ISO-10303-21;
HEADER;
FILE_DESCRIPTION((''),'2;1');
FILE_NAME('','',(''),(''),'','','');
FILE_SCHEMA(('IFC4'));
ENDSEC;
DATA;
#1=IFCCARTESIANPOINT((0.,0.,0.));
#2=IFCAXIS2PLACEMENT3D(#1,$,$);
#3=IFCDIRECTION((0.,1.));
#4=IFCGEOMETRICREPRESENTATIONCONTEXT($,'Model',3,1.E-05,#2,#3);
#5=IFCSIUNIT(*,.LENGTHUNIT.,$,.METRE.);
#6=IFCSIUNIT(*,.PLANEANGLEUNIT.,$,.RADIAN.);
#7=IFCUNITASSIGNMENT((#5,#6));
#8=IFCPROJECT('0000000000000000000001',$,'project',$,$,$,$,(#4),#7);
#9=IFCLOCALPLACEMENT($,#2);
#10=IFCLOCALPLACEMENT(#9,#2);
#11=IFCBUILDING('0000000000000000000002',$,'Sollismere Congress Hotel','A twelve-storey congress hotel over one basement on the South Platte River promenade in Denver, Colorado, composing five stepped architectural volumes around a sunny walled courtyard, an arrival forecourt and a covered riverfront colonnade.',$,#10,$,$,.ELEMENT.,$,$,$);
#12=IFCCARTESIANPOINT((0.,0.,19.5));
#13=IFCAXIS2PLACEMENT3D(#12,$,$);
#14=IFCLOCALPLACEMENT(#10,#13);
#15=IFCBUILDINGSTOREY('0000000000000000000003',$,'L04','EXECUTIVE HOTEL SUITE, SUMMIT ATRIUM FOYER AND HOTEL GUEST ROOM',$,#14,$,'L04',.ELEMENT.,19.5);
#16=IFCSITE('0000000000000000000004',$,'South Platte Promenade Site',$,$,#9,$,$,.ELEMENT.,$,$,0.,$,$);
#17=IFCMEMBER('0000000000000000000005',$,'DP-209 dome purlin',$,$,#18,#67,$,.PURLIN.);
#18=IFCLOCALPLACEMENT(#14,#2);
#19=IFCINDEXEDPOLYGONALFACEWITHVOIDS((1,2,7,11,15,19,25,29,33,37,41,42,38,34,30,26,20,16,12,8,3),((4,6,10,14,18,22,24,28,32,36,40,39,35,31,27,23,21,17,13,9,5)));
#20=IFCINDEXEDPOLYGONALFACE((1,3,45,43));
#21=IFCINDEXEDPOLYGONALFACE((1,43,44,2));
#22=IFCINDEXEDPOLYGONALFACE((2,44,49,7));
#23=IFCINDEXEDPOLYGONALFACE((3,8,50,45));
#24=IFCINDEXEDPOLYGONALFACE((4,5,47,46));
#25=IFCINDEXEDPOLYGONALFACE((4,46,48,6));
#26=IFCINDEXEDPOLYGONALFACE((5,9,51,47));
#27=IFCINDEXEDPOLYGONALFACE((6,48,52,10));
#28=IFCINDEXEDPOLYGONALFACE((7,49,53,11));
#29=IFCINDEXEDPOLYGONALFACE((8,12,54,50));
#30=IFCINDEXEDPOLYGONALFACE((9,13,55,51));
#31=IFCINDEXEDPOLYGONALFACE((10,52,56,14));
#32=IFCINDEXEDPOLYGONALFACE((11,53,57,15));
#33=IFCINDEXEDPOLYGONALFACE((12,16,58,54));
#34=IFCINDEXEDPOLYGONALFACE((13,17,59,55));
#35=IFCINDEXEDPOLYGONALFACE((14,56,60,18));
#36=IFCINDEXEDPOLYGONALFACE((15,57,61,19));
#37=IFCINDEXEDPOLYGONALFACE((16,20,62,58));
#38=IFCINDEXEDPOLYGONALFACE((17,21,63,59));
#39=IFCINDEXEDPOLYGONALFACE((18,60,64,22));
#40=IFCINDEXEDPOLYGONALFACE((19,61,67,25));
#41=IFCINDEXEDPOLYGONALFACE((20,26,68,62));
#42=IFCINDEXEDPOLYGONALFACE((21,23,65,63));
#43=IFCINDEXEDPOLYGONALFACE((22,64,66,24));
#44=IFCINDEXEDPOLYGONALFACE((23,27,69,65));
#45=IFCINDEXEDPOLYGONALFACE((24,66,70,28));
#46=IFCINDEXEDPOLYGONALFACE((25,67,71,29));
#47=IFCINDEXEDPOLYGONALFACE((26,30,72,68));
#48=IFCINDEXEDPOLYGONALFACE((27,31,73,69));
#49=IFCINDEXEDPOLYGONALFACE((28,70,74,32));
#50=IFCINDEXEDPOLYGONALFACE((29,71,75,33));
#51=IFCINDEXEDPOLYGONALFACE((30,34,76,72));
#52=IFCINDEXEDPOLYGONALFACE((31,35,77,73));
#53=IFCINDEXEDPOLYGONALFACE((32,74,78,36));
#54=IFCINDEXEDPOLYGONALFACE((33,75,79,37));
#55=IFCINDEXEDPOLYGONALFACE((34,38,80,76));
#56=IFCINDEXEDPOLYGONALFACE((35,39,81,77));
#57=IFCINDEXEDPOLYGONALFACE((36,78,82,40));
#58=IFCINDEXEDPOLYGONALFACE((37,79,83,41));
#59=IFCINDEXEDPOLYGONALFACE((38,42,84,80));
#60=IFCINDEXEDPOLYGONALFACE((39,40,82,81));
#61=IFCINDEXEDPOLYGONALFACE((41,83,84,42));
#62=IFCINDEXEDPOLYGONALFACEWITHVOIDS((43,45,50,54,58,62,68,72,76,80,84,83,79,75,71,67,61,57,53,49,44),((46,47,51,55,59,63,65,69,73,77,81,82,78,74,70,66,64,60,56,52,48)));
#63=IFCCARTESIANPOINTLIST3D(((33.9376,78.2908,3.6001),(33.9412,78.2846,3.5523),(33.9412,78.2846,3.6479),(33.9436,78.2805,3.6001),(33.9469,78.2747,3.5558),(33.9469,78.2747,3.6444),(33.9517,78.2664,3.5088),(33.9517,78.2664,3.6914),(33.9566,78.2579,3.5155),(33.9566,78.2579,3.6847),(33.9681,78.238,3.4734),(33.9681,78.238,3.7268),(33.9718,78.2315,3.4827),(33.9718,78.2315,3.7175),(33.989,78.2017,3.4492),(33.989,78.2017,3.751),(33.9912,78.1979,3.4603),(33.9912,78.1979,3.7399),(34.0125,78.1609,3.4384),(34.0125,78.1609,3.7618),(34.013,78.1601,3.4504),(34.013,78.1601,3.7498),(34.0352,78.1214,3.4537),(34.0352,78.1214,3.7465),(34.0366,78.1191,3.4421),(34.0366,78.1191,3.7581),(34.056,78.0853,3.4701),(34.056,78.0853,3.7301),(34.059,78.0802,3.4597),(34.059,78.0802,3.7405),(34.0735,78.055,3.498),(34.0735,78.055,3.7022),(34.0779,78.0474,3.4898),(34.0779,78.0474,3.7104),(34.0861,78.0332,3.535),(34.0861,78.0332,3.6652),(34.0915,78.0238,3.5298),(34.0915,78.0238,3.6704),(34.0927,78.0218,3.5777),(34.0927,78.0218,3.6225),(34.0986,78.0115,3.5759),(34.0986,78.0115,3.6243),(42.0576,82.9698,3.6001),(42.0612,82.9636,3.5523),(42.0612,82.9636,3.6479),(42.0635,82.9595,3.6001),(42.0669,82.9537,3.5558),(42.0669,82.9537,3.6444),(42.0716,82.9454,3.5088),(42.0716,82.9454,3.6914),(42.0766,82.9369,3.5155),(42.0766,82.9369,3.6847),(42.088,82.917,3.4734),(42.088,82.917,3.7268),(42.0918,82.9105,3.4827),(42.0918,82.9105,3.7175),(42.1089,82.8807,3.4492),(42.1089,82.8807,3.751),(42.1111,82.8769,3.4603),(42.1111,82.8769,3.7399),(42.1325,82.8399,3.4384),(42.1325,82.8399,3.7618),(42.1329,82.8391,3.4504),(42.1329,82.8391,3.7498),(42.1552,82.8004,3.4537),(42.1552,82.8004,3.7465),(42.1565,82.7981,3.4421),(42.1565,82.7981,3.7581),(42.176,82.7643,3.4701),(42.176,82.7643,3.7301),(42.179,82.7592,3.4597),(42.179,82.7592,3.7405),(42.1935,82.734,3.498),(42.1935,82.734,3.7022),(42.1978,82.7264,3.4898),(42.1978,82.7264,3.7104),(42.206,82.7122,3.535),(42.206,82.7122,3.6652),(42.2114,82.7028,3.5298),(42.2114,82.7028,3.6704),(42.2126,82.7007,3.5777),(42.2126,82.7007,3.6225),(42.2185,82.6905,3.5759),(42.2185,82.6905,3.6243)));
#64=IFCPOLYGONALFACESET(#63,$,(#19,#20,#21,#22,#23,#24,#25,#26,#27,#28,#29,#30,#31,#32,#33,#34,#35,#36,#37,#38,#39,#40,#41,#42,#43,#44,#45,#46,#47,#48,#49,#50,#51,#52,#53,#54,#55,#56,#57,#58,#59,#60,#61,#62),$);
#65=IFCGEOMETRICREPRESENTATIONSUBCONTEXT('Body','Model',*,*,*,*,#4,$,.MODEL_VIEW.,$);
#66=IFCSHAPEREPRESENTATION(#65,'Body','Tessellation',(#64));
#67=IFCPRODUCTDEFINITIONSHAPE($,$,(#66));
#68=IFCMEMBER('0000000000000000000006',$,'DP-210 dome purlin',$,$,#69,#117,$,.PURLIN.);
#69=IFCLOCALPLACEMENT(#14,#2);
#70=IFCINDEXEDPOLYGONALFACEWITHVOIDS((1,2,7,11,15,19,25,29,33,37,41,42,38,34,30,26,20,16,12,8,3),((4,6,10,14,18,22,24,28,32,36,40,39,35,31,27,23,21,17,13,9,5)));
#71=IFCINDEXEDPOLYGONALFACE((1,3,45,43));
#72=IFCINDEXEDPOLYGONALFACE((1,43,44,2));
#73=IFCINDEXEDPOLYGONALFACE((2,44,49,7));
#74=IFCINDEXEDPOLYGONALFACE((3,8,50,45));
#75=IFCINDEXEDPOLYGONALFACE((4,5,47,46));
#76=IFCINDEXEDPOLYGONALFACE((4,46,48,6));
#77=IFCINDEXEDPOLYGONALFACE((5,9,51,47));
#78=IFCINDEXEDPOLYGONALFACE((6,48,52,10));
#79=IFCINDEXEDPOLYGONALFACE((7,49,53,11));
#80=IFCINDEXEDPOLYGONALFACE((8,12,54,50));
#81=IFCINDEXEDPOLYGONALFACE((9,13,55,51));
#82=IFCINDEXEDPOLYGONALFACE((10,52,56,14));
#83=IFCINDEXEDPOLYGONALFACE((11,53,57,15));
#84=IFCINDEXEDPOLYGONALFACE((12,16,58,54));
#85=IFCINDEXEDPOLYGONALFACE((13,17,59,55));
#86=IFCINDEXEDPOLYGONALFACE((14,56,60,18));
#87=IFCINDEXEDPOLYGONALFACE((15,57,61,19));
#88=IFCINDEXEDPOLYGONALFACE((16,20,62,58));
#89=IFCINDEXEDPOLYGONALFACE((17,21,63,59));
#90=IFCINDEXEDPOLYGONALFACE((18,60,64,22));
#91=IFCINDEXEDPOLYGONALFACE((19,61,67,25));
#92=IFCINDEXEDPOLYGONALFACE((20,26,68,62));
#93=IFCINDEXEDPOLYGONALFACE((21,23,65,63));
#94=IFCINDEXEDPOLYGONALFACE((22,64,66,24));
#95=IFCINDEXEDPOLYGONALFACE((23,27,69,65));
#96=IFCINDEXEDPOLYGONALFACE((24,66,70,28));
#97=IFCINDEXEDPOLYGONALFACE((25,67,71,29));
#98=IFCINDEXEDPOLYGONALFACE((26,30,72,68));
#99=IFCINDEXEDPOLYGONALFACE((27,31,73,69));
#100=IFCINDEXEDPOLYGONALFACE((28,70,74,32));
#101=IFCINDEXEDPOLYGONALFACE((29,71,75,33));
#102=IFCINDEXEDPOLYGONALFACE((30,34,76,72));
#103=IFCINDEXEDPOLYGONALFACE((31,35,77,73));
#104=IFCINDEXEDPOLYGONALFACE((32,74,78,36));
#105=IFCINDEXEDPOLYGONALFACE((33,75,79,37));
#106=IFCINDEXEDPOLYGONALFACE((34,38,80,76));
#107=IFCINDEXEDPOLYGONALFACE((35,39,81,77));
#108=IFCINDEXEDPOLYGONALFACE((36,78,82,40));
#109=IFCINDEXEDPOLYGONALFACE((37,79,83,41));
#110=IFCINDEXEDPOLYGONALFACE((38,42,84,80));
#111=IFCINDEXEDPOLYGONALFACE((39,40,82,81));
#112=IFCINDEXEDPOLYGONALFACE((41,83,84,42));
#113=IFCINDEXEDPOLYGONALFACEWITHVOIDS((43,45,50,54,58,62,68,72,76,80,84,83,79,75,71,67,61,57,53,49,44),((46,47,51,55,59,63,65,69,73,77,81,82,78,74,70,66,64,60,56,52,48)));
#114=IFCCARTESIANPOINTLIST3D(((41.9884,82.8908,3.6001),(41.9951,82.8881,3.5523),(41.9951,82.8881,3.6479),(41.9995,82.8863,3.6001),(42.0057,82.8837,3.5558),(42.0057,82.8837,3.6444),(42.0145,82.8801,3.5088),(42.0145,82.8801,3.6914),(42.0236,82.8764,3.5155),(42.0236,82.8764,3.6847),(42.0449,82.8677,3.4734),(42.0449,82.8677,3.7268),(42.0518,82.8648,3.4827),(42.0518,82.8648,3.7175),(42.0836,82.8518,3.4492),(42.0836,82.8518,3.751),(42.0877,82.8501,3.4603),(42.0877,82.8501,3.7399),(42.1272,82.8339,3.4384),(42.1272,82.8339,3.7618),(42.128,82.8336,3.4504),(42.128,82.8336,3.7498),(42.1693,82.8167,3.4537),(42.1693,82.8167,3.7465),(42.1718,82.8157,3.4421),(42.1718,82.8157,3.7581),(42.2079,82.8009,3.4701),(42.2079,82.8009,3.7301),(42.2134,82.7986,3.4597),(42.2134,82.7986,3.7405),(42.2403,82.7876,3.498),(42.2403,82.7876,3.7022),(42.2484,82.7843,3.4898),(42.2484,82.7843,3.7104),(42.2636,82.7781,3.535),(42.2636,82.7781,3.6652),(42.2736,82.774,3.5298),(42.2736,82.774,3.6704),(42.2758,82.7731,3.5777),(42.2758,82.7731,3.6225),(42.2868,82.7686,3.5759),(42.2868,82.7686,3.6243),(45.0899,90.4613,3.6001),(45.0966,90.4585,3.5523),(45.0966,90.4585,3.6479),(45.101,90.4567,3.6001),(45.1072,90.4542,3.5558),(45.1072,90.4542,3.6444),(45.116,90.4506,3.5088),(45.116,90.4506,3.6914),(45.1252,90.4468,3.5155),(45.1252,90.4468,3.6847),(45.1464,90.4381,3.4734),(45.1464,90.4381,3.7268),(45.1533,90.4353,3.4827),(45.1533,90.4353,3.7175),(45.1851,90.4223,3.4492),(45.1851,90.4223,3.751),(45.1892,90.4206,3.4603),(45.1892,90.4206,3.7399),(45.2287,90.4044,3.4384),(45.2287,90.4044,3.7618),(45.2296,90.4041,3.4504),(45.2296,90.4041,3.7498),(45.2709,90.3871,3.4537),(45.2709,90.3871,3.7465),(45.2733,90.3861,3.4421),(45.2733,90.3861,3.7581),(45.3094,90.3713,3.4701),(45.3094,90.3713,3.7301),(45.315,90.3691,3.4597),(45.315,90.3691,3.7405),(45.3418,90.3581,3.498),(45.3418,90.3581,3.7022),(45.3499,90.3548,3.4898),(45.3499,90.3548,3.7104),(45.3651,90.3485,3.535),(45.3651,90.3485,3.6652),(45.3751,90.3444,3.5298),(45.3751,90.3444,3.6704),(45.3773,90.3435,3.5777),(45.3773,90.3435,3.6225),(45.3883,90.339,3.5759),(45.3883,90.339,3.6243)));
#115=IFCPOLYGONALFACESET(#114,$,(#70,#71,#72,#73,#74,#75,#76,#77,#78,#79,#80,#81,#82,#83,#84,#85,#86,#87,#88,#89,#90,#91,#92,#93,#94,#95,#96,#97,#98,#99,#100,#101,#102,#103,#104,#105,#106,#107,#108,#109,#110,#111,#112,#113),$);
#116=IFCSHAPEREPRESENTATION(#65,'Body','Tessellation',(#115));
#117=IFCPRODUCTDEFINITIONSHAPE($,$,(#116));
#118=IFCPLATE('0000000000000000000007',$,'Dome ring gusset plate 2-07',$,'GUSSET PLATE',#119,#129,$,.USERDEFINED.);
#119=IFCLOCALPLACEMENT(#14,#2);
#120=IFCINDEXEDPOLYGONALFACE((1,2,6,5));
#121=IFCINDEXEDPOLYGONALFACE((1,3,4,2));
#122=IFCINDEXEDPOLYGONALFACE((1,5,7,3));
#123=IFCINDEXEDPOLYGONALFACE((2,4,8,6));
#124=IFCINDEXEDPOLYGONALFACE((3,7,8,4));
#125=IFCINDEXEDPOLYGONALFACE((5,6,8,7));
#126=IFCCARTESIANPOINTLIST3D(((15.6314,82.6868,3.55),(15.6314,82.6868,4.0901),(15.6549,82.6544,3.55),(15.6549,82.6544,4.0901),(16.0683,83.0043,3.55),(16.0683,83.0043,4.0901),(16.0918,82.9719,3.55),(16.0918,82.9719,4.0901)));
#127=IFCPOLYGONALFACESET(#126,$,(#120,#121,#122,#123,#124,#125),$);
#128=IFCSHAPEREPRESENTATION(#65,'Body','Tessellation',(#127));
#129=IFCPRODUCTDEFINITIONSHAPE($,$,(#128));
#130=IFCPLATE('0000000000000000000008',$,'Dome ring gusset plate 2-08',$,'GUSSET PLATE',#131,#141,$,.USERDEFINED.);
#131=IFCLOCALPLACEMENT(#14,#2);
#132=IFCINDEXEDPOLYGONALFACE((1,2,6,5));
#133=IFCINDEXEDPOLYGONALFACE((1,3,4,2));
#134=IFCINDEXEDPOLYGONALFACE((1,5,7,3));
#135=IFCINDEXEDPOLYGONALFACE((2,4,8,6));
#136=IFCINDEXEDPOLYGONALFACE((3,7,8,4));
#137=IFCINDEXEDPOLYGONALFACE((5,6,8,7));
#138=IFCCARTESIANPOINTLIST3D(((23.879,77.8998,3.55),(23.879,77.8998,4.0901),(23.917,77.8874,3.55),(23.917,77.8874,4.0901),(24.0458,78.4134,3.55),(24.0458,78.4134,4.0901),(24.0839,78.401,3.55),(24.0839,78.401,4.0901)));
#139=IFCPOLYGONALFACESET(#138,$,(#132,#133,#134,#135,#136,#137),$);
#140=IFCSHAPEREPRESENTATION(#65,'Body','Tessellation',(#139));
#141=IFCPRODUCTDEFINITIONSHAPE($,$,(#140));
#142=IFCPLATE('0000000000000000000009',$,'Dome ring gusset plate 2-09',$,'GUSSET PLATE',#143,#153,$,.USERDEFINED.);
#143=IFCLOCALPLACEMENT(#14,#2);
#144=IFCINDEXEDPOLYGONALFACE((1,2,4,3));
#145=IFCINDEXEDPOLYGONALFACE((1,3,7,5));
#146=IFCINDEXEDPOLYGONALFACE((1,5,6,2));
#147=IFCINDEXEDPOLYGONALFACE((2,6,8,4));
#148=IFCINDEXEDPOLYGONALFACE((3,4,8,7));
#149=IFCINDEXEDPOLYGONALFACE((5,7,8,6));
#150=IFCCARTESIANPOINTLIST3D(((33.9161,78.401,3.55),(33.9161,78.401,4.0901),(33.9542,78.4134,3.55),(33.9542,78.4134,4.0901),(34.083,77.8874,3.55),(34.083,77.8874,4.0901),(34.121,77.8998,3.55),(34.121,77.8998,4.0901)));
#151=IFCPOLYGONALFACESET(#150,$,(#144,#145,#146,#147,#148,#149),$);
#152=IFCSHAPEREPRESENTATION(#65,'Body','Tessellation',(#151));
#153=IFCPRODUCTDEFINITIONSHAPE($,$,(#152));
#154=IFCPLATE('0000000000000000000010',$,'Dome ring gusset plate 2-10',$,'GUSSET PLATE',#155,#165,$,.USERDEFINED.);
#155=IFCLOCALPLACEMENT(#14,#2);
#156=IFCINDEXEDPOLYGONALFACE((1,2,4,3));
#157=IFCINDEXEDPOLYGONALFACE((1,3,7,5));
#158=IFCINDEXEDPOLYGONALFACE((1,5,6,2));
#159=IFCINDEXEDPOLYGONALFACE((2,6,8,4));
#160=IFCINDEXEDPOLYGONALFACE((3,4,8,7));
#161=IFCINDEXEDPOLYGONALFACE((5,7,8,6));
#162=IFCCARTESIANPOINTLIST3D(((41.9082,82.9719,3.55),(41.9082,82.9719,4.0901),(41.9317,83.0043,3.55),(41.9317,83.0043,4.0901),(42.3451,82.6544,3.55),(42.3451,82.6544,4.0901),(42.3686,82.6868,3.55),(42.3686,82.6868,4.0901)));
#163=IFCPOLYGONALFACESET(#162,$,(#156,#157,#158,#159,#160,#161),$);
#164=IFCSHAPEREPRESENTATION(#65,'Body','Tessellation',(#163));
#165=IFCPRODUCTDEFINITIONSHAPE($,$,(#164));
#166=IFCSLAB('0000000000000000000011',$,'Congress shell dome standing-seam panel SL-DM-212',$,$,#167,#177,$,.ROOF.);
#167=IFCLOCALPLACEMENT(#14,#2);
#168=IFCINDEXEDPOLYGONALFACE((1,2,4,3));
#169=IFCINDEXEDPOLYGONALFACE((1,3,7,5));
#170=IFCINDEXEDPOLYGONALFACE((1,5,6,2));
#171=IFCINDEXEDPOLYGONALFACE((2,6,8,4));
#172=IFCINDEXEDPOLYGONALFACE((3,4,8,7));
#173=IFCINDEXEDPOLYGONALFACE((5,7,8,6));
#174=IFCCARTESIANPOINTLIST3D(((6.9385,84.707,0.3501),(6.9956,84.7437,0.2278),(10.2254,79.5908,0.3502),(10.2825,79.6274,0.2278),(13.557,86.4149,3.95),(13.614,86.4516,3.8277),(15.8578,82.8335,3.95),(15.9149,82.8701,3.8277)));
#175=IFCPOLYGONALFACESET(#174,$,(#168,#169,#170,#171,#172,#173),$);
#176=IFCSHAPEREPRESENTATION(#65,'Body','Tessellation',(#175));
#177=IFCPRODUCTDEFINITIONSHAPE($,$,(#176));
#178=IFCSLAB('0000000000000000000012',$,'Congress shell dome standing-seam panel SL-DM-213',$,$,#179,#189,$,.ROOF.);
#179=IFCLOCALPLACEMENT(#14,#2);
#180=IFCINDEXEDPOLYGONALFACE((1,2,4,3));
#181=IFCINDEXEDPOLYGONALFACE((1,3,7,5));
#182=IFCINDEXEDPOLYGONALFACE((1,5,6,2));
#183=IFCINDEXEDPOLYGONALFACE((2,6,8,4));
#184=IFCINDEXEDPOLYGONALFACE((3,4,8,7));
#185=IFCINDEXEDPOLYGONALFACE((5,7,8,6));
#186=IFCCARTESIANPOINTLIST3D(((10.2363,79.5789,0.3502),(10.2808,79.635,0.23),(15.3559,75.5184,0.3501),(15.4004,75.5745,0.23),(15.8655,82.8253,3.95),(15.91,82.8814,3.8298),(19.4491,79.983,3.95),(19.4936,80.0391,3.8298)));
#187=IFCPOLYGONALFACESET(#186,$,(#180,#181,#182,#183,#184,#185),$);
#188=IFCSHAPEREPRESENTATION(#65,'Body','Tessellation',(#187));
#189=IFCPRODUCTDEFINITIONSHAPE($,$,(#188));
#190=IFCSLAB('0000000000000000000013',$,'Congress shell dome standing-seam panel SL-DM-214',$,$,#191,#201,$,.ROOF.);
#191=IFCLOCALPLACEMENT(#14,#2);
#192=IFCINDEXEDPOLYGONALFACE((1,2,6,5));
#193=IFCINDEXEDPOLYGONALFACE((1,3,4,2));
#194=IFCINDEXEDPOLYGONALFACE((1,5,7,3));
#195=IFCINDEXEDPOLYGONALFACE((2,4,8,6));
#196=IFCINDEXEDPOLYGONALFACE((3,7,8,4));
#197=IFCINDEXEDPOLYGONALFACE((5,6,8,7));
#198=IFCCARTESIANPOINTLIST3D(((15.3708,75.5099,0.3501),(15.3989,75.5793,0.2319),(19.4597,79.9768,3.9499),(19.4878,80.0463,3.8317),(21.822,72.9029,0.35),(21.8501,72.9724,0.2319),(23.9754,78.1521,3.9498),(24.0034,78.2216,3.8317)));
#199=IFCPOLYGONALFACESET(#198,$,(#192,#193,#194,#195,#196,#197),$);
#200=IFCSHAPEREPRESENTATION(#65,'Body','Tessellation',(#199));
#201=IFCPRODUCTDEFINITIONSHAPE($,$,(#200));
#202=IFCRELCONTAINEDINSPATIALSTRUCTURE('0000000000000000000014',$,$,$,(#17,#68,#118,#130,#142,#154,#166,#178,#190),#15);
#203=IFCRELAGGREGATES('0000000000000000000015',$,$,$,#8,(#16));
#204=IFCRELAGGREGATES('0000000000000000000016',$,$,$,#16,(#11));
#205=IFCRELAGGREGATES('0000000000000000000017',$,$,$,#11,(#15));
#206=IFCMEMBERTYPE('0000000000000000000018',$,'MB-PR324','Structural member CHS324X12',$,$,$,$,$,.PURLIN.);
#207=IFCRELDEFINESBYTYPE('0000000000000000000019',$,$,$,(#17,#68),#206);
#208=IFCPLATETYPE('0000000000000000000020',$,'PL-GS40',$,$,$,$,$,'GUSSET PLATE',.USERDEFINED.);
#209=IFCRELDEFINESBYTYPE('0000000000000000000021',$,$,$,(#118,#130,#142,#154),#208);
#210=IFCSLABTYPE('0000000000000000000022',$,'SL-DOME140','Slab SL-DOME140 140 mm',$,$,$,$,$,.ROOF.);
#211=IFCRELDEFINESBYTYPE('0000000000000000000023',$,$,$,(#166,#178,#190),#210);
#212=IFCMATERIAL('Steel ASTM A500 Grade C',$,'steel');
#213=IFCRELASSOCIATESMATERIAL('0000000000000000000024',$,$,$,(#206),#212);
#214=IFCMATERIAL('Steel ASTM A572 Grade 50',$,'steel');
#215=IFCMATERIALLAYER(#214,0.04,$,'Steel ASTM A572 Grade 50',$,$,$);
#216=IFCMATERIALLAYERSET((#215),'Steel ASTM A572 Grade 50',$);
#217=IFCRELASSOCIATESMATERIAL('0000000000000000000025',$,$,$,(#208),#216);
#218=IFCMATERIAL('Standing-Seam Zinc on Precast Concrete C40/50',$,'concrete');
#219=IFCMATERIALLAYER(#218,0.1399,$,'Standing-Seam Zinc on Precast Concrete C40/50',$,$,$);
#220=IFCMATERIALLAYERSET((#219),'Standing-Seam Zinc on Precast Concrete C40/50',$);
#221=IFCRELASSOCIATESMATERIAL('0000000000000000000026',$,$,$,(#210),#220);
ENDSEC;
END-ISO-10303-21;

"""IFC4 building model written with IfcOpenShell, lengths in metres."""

from ifc_helpers import new_model, si_unit, direction, frame, origin, origin_2d, place, context, subcontext, project, spatial, polyline, rectangle, hollow_circle, outline, extrude, material, layer, layer_set, material_profile, profile_set, type_object, element, save


model = new_model("IFC4")

# Units and contexts
model_context = context("Model", 3, precision=1e-05, world=origin(), true_north=direction((0.0, 1.0)))
body_context = subcontext(model_context, "Body", "Model", "MODEL_VIEW")
ifc_project = project(units=[si_unit("LENGTHUNIT", "METRE"), si_unit("PLANEANGLEUNIT", "RADIAN")], contexts=[model_context])

# Site, building, storey
site_placement = place(None, origin())
site = spatial("IfcSite", under=ifc_project, at=site_placement, Name="South Platte Promenade Site", CompositionType="ELEMENT", RefElevation=0.0)
building_placement = place(site_placement, origin())
building = spatial("IfcBuilding", under=site, at=building_placement, Name="Sollismere Congress Hotel", Description="A twelve-storey congress hotel over one basement on the South Platte River promenade in Denver, Colorado, composing five stepped architectural volumes around a sunny walled courtyard, an arrival forecourt and a covered riverfront colonnade.", CompositionType="ELEMENT")
storey_placement = place(building_placement, frame((0.0, 0.0, 19.5)))
storey = spatial("IfcBuildingStorey", under=building, at=storey_placement, Name="L04", Description="EXECUTIVE HOTEL SUITE, SUMMIT ATRIUM FOYER AND HOTEL GUEST ROOM", LongName="L04", CompositionType="ELEMENT", Elevation=19.5)

# Members
ifc_material_1 = material(Name="Steel ASTM A500 Grade C", Category="steel")
ifc_material_profile_1 = material_profile(ifc_material_1, hollow_circle(Radius=0.1621, WallThickness=0.012, at=origin_2d()), Name="CHS324X12")
ifc_profile_set_1 = profile_set([ifc_material_profile_1], Name="Steel ASTM A500 Grade C")
member_type_1 = type_object("IfcMemberType", Name="MB-PR324", Description="Structural member CHS324X12", PredefinedType="PURLIN", material=ifc_profile_set_1)
member_1_placement = place(storey_placement, frame((34.0186, 78.1504, 3.6001), z_axis=(0.866444, 0.499275, 0.0), x_axis=(-0.499275, 0.866444, 0.0)))
element("IfcMember", 1, at=member_1_placement, inside=storey, type_object=member_type_1, Name="DP-209 dome purlin", PredefinedType="PURLIN", context=body_context, shape_type="SweptSolid", body=[
    extrude(hollow_circle(Radius=0.1621, WallThickness=0.012, at=origin_2d()), origin(), (0.0, 0.0, 1.0), 9.3716),
])
member_2_placement = place(storey_placement, frame((42.1384, 82.8293, 3.6001), z_axis=(0.379106, 0.925353, 0.0), x_axis=(-0.925353, 0.379106, 0.0)))
element("IfcMember", 2, at=member_2_placement, inside=storey, type_object=member_type_1, Name="DP-210 dome purlin", PredefinedType="PURLIN", context=body_context, shape_type="SweptSolid", body=[
    extrude(hollow_circle(Radius=0.1621, WallThickness=0.012, at=origin_2d()), origin(), (0.0, 0.0, 1.0), 8.1812),
])

# Plates
ifc_material_2 = material(Name="Steel ASTM A572 Grade 50", Category="steel")
ifc_layer_1 = layer(ifc_material_2, 0.04, Name="Steel ASTM A572 Grade 50")
ifc_layer_set_1 = layer_set([ifc_layer_1], Name="Steel ASTM A572 Grade 50")
plate_type = type_object("IfcPlateType", Name="PL-GS40", ElementType="GUSSET PLATE", PredefinedType="USERDEFINED", material=ifc_layer_set_1)
for number, where, z_axis, x_axis, name in (
    (3, (15.8616, 82.8293, 3.55), (0.0, 0.0, 1.0), (-0.809017, -0.587785, 0.0), "Dome ring gusset plate 2-07"),
    (4, (23.9814, 78.1504, 3.55), (0.0, 0.0, 1.0), (-0.309017, -0.951057, 0.0), "Dome ring gusset plate 2-08"),
    (5, (34.0186, 78.1504, 3.55), (0.0, 0.0, 1.0), (0.309017, -0.951057, 0.0), "Dome ring gusset plate 2-09"),
    (6, (42.1384, 82.8293, 3.55), (0.0, 0.0, 1.0), (0.809017, -0.587785, 0.0), "Dome ring gusset plate 2-10"),
):
    element("IfcPlate", number, at=place(storey_placement, frame(where, z_axis=z_axis, x_axis=x_axis)), inside=storey, type_object=plate_type, Name=name, ObjectType="GUSSET PLATE", PredefinedType="USERDEFINED", context=body_context, shape_type="SweptSolid", body=[
        extrude(rectangle(XDim=0.54, YDim=0.04, at=origin_2d()), origin(), (0.0, 0.0, 1.0), 0.54),
    ])

# Slabs
ifc_material_3 = material(Name="Standing-Seam Zinc on Precast Concrete C40/50", Category="concrete")
ifc_layer_2 = layer(ifc_material_3, 0.1399, Name="Standing-Seam Zinc on Precast Concrete C40/50")
ifc_layer_set_2 = layer_set([ifc_layer_2], Name="Standing-Seam Zinc on Precast Concrete C40/50")
slab_type = type_object("IfcSlabType", Name="SL-DOME140", Description="Slab SL-DOME140 140 mm", PredefinedType="ROOF", material=ifc_layer_set_2)
slab_1_placement = place(storey_placement, frame((6.9956, 84.7437, 0.2278), z_axis=(-0.408028, -0.262127, 0.87453), x_axis=(0.540508, -0.841339, 0.000005)))
element("IfcSlab", 7, at=slab_1_placement, inside=storey, type_object=slab_type, Name="Congress shell dome standing-seam panel SL-DM-212", PredefinedType="ROOF", context=body_context, shape_type="SweptSolid", body=[
    extrude(outline(polyline([(0.0, 0.0), (6.0811, 0.0), (6.3972, 7.4229), (2.1404, 7.4229), (0.0, 0.0)])), origin(), (0.0, 0.0, 1.0), 0.1399),
])
slab_2_placement = place(storey_placement, frame((10.2808, 79.635, 0.23), z_axis=(-0.318081, -0.401049, 0.85906), x_axis=(0.783488, -0.621408, -0.000003)))
element("IfcSlab", 8, at=slab_2_placement, inside=storey, type_object=slab_type, Name="Congress shell dome standing-seam panel SL-DM-213", PredefinedType="ROOF", context=body_context, shape_type="SweptSolid", body=[
    extrude(outline(polyline([(0.0, 0.0), (6.5344, 0.0), (6.967, 7.0327), (2.3931, 7.0327), (0.0, 0.0)])), origin(), (0.0, 0.0, 1.0), 0.1399),
])
slab_3_placement = place(storey_placement, frame((15.3989, 75.5793, 0.2319), z_axis=(-0.200724, -0.496724, 0.844379), x_axis=(0.92716, -0.374666, -0.000002)))
element("IfcSlab", 9, at=slab_3_placement, inside=storey, type_object=slab_type, Name="Congress shell dome standing-seam panel SL-DM-214", PredefinedType="ROOF", context=body_context, shape_type="SweptSolid", body=[
    extrude(outline(polyline([(0.0, 0.0), (6.958, 0.0), (6.9878, 6.7192), (2.1174, 6.7192), (0.0, 0.0)])), origin(), (0.0, 0.0, 1.0), 0.1399),
])

save(model, "model.ifc")
